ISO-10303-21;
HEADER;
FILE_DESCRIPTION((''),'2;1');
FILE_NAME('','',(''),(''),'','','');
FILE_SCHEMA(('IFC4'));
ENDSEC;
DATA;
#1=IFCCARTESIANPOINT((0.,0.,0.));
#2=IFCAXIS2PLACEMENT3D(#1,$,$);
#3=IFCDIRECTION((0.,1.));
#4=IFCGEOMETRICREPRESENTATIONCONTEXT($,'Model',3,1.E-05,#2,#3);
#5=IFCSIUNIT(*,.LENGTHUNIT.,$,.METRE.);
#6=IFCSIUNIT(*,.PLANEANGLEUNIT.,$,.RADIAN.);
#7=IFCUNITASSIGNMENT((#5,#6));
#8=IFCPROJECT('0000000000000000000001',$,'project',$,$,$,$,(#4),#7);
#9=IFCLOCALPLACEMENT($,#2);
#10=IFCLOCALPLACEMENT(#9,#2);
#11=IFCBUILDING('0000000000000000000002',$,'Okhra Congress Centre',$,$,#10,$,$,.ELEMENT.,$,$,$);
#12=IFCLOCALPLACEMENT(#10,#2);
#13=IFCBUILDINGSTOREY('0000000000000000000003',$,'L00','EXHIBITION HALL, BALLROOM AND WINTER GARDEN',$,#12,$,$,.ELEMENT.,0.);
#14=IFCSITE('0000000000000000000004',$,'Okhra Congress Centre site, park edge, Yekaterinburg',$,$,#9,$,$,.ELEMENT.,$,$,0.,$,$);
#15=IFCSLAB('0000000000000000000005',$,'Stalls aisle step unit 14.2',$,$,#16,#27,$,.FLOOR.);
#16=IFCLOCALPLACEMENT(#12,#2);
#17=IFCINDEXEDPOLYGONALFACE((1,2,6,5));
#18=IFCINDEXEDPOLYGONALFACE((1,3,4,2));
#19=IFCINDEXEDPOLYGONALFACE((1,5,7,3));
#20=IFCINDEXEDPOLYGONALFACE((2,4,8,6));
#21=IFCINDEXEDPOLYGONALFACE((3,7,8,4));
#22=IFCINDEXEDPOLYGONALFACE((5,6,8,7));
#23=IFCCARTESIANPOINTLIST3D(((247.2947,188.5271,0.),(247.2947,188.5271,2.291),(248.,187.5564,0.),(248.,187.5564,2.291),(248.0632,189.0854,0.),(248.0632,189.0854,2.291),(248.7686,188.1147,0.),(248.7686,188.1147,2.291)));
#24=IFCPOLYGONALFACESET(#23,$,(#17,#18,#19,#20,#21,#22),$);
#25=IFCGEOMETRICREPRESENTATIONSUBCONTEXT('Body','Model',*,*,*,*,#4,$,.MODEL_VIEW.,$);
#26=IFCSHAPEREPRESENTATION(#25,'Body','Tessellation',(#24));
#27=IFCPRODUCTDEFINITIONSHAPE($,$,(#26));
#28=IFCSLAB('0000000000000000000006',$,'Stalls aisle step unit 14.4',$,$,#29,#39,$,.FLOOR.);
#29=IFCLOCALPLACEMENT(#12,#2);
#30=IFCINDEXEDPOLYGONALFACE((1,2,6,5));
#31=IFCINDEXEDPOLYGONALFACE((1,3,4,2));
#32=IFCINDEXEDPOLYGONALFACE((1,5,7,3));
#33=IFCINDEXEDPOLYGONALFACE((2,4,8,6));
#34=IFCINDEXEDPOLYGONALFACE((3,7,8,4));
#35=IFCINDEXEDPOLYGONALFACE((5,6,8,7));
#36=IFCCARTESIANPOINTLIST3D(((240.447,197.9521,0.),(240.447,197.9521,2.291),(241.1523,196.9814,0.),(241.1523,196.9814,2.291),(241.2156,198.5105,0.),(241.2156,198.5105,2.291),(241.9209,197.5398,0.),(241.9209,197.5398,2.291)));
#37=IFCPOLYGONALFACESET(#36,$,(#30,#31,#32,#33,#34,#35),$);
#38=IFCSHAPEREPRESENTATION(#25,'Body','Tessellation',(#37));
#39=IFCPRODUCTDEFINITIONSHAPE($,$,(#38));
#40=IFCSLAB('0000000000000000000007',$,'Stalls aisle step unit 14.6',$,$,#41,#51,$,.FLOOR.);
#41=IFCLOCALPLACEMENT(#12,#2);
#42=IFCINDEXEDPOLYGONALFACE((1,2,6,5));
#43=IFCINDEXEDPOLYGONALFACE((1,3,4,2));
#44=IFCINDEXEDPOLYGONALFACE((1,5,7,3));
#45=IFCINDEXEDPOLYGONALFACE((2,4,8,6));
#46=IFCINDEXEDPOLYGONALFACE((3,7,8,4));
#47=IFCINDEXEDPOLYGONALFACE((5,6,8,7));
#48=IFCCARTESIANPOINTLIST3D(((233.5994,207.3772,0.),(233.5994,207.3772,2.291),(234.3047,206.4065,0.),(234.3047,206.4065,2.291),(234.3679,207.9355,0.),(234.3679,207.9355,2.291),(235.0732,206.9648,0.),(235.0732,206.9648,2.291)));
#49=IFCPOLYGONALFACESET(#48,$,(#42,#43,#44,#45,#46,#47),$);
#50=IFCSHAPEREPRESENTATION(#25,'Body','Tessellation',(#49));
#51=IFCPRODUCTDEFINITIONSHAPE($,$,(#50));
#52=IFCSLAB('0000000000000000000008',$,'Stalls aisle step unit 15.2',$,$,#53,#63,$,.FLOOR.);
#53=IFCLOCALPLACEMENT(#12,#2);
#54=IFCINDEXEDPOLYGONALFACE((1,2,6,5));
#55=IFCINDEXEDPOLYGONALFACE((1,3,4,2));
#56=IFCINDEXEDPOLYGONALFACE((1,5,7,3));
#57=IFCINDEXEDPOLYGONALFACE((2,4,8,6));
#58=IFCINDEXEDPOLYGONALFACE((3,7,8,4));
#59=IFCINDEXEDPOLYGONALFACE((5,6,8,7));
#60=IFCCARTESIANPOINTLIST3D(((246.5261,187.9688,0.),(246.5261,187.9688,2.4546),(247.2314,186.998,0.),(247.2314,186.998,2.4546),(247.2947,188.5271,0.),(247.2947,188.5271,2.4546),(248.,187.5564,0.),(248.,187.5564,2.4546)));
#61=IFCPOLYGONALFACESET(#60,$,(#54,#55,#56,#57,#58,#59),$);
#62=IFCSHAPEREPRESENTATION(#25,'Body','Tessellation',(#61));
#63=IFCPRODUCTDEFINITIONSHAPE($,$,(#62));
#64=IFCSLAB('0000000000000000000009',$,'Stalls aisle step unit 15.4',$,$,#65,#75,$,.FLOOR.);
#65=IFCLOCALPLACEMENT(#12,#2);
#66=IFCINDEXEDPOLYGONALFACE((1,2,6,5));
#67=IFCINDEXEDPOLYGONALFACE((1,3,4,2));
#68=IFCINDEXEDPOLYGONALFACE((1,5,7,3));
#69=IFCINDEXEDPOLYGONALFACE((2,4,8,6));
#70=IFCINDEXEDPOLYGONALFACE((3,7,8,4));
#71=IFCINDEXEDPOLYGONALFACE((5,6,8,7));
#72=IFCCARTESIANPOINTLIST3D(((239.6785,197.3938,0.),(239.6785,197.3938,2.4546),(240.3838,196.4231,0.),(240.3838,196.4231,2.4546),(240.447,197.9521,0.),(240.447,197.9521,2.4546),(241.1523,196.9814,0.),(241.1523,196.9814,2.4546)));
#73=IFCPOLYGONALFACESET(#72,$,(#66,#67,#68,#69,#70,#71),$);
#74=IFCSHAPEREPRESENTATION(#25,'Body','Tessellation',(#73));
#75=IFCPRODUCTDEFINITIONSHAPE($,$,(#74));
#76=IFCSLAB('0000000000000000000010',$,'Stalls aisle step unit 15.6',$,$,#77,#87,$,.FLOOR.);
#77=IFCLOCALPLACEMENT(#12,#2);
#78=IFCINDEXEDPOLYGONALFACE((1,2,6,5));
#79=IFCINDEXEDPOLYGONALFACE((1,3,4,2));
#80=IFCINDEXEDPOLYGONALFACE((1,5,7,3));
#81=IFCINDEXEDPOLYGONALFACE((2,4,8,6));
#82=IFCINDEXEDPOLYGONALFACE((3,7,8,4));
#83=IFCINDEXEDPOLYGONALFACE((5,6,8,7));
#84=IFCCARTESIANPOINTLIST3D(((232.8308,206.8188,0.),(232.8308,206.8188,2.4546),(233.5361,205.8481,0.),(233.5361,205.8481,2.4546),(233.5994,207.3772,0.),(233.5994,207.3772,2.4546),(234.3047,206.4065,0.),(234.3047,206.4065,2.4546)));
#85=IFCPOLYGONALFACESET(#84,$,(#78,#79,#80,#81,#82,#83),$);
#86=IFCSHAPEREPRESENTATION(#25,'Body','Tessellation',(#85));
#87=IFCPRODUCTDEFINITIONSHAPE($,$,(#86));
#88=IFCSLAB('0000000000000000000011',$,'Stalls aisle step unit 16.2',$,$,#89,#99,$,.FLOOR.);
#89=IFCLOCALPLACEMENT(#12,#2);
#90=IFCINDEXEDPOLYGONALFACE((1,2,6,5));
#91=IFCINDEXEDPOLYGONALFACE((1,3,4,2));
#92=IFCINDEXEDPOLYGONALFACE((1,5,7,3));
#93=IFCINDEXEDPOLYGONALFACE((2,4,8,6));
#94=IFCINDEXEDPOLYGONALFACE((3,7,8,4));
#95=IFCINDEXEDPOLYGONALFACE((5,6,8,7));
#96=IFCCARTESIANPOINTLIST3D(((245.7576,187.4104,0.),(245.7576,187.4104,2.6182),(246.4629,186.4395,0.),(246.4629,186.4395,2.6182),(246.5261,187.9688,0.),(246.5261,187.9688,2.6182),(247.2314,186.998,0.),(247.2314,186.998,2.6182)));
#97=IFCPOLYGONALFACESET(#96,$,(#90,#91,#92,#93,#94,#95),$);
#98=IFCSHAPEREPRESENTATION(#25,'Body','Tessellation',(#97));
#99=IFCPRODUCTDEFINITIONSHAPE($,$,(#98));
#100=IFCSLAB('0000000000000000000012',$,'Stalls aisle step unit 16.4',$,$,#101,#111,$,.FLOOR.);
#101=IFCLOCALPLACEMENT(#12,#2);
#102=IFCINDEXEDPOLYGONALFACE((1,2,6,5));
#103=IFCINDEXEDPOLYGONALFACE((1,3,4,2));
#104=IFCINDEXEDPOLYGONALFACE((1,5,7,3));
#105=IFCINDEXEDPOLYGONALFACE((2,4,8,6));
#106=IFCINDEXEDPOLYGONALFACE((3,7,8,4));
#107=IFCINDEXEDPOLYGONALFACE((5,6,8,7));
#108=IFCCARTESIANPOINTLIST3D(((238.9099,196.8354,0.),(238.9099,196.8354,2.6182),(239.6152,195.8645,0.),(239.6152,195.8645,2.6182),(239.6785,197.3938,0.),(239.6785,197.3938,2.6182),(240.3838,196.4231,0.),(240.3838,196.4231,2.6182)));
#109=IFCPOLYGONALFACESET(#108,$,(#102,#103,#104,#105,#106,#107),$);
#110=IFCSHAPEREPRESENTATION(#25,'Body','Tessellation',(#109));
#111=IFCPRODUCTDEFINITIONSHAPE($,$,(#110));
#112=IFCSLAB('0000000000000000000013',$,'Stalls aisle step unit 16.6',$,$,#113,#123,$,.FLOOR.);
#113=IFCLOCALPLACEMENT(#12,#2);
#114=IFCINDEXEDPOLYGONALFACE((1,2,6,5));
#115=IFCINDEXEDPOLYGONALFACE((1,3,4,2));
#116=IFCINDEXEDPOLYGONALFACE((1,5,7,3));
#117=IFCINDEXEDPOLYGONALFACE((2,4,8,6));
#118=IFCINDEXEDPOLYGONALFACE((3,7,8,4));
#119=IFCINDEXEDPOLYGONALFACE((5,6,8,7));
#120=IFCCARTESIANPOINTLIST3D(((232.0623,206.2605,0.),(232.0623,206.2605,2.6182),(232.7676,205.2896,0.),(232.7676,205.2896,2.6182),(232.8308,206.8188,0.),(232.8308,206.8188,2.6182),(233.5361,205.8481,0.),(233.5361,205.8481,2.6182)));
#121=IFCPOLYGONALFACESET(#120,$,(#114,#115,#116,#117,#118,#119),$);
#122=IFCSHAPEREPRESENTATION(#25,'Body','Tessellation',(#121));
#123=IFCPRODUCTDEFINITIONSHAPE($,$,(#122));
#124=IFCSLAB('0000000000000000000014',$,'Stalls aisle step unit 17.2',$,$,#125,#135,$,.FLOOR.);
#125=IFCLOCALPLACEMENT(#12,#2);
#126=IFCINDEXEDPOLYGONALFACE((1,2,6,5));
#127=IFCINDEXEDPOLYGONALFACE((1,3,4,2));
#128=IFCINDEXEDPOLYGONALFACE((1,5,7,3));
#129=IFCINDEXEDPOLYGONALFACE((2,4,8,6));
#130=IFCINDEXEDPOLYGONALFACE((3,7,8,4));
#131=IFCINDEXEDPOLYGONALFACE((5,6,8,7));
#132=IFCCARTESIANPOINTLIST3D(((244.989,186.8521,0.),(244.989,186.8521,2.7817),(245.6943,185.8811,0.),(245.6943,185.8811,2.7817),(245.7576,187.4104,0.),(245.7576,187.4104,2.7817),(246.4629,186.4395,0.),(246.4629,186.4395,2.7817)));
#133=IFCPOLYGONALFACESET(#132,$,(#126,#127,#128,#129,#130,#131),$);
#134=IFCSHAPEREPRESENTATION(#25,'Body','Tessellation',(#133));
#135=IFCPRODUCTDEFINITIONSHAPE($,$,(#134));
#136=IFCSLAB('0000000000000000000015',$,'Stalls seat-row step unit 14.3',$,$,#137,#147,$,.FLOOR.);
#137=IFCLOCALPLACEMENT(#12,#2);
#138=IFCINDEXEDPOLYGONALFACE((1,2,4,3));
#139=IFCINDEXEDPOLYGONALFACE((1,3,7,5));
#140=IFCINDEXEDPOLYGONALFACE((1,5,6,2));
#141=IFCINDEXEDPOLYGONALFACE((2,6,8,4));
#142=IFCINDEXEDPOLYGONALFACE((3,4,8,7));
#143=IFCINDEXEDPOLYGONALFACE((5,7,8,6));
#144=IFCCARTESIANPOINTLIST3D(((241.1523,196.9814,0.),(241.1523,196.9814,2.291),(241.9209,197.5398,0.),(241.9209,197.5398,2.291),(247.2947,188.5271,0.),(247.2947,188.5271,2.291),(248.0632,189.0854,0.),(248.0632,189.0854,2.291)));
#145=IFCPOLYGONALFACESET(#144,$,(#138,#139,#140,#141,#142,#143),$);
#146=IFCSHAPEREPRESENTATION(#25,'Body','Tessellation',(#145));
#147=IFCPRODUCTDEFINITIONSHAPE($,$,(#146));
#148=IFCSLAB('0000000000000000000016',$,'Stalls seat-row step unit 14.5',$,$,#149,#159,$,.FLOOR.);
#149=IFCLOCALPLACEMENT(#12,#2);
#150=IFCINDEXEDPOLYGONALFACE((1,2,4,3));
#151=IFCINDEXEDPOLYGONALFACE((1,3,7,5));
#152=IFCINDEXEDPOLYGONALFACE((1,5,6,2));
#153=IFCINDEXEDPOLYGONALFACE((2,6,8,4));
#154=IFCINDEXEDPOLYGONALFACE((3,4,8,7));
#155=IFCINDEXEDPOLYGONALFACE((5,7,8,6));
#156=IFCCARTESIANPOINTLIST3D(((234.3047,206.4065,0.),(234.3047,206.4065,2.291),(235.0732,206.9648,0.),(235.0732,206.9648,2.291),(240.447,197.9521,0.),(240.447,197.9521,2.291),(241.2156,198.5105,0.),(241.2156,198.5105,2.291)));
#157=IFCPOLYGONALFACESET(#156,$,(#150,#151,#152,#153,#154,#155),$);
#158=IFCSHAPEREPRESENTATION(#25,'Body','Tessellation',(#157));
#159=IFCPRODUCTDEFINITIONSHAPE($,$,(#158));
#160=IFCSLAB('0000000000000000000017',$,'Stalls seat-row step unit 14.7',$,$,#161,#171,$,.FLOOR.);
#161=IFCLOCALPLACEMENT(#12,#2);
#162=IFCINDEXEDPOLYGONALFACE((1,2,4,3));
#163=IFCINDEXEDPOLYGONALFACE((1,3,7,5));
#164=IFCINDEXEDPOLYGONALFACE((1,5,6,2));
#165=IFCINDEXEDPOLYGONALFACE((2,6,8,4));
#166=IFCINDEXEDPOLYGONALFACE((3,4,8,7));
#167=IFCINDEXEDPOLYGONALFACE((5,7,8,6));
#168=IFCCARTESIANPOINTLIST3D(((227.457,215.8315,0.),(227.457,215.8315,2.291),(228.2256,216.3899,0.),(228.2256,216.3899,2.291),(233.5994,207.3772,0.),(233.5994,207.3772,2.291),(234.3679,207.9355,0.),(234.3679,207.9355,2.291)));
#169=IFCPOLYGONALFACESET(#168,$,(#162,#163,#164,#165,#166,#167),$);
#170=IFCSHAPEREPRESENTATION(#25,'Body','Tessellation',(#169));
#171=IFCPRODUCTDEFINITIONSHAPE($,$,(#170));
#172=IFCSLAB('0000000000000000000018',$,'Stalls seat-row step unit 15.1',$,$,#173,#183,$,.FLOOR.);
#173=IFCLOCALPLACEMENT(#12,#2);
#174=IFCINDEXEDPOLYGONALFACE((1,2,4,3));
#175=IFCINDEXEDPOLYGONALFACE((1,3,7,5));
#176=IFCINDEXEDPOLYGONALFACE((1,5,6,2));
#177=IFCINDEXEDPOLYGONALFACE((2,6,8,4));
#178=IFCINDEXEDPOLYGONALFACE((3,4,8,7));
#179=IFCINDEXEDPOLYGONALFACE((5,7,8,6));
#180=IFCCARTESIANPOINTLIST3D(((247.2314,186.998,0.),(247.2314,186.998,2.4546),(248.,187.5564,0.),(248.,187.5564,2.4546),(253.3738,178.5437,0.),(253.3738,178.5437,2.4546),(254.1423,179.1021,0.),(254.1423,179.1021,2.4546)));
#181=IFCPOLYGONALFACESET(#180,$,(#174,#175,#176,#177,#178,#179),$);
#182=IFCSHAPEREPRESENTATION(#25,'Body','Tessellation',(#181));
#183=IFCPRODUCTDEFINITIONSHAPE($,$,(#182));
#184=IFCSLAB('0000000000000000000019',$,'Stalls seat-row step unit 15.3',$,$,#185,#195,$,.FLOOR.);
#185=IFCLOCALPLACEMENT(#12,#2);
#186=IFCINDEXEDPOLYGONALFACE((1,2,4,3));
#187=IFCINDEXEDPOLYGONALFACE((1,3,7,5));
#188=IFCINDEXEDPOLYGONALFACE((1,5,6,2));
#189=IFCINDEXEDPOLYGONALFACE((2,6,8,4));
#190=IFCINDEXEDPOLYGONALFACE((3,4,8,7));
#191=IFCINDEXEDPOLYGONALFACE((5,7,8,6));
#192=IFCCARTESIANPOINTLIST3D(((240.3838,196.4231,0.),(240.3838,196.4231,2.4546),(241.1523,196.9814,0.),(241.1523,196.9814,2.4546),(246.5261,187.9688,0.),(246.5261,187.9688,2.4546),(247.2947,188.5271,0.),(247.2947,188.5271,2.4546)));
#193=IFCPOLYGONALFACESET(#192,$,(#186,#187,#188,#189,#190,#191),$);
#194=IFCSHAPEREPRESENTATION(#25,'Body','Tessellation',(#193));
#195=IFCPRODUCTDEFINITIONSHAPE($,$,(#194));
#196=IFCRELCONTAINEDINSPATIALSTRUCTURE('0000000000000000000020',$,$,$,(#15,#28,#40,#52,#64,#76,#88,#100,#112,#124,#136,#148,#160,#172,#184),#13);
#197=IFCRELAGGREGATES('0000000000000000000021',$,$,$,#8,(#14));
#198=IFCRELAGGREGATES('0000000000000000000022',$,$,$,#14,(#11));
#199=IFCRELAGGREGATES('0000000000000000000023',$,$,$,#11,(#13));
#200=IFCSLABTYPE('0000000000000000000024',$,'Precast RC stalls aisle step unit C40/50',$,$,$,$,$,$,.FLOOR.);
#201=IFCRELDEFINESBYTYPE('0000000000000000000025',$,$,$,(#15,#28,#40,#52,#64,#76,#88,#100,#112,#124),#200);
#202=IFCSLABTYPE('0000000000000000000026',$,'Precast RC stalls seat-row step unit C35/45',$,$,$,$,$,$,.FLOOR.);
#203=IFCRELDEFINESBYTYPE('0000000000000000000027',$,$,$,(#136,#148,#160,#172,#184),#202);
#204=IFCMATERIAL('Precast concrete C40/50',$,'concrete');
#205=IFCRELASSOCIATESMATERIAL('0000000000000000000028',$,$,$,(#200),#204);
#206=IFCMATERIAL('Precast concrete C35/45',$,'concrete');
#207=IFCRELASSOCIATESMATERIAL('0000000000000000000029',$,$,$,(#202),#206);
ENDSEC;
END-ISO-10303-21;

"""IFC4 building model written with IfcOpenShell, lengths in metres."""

from ifc_helpers import new_model, si_unit, direction, origin, place, context, subcontext, project, spatial, polyline, outline, extrude, material, type_object, element, save


model = new_model("IFC4")

# Units and contexts
model_context = context("Model", 3, precision=1e-05, world=origin(), true_north=direction((0.0, 1.0)))
body_context = subcontext(model_context, "Body", "Model", "MODEL_VIEW")
ifc_project = project(units=[si_unit("LENGTHUNIT", "METRE"), si_unit("PLANEANGLEUNIT", "RADIAN")], contexts=[model_context])

# Site, building, storey
site_placement = place(None, origin())
site = spatial("IfcSite", under=ifc_project, at=site_placement, Name="Okhra Congress Centre site, park edge, Yekaterinburg", CompositionType="ELEMENT", RefElevation=0.0)
building_placement = place(site_placement, origin())
building = spatial("IfcBuilding", under=site, at=building_placement, Name="Okhra Congress Centre", CompositionType="ELEMENT")
storey_placement = place(building_placement, origin())
storey = spatial("IfcBuildingStorey", under=building, at=storey_placement, Name="L00", Description="EXHIBITION HALL, BALLROOM AND WINTER GARDEN", CompositionType="ELEMENT", Elevation=0.0)

# Slabs
ifc_material_1 = material(Name="Precast concrete C40/50", Category="concrete")
slab_type_1 = type_object("IfcSlabType", Name="Precast RC stalls aisle step unit C40/50", PredefinedType="FLOOR", material=ifc_material_1)
slab_1_placement = place(storey_placement, origin())
element("IfcSlab", 1, at=slab_1_placement, inside=storey, type_object=slab_type_1, Name="Stalls aisle step unit 14.2", PredefinedType="FLOOR", context=body_context, shape_type="SweptSolid", body=[
    extrude(outline(polyline([(248.0, 187.5564), (248.7686, 188.1147), (248.0632, 189.0854), (247.2947, 188.5271), (248.0, 187.5564)])), origin(), (0.0, 0.0, 1.0), 2.291),
])
slab_2_placement = place(storey_placement, origin())
element("IfcSlab", 2, at=slab_2_placement, inside=storey, type_object=slab_type_1, Name="Stalls aisle step unit 14.4", PredefinedType="FLOOR", context=body_context, shape_type="SweptSolid", body=[
    extrude(outline(polyline([(241.1523, 196.9814), (241.9209, 197.5398), (241.2156, 198.5105), (240.447, 197.9521), (241.1523, 196.9814)])), origin(), (0.0, 0.0, 1.0), 2.291),
])
slab_3_placement = place(storey_placement, origin())
element("IfcSlab", 3, at=slab_3_placement, inside=storey, type_object=slab_type_1, Name="Stalls aisle step unit 14.6", PredefinedType="FLOOR", context=body_context, shape_type="SweptSolid", body=[
    extrude(outline(polyline([(234.3047, 206.4065), (235.0732, 206.9648), (234.3679, 207.9355), (233.5994, 207.3772), (234.3047, 206.4065)])), origin(), (0.0, 0.0, 1.0), 2.291),
])
slab_4_placement = place(storey_placement, origin())
element("IfcSlab", 4, at=slab_4_placement, inside=storey, type_object=slab_type_1, Name="Stalls aisle step unit 15.2", PredefinedType="FLOOR", context=body_context, shape_type="SweptSolid", body=[
    extrude(outline(polyline([(247.2314, 186.998), (248.0, 187.5564), (247.2947, 188.5271), (246.5261, 187.9688), (247.2314, 186.998)])), origin(), (0.0, 0.0, 1.0), 2.4546),
])
slab_5_placement = place(storey_placement, origin())
element("IfcSlab", 5, at=slab_5_placement, inside=storey, type_object=slab_type_1, Name="Stalls aisle step unit 15.4", PredefinedType="FLOOR", context=body_context, shape_type="SweptSolid", body=[
    extrude(outline(polyline([(240.3838, 196.4231), (241.1523, 196.9814), (240.447, 197.9521), (239.6785, 197.3938), (240.3838, 196.4231)])), origin(), (0.0, 0.0, 1.0), 2.4546),
])
slab_6_placement = place(storey_placement, origin())
element("IfcSlab", 6, at=slab_6_placement, inside=storey, type_object=slab_type_1, Name="Stalls aisle step unit 15.6", PredefinedType="FLOOR", context=body_context, shape_type="SweptSolid", body=[
    extrude(outline(polyline([(233.5361, 205.8481), (234.3047, 206.4065), (233.5994, 207.3772), (232.8308, 206.8188), (233.5361, 205.8481)])), origin(), (0.0, 0.0, 1.0), 2.4546),
])
slab_7_placement = place(storey_placement, origin())
element("IfcSlab", 7, at=slab_7_placement, inside=storey, type_object=slab_type_1, Name="Stalls aisle step unit 16.2", PredefinedType="FLOOR", context=body_context, shape_type="SweptSolid", body=[
    extrude(outline(polyline([(246.4629, 186.4395), (247.2314, 186.998), (246.5261, 187.9688), (245.7576, 187.4104), (246.4629, 186.4395)])), origin(), (0.0, 0.0, 1.0), 2.6182),
])
slab_8_placement = place(storey_placement, origin())
element("IfcSlab", 8, at=slab_8_placement, inside=storey, type_object=slab_type_1, Name="Stalls aisle step unit 16.4", PredefinedType="FLOOR", context=body_context, shape_type="SweptSolid", body=[
    extrude(outline(polyline([(239.6152, 195.8645), (240.3838, 196.4231), (239.6785, 197.3938), (238.9099, 196.8354), (239.6152, 195.8645)])), origin(), (0.0, 0.0, 1.0), 2.6182),
])
slab_9_placement = place(storey_placement, origin())
element("IfcSlab", 9, at=slab_9_placement, inside=storey, type_object=slab_type_1, Name="Stalls aisle step unit 16.6", PredefinedType="FLOOR", context=body_context, shape_type="SweptSolid", body=[
    extrude(outline(polyline([(232.7676, 205.2896), (233.5361, 205.8481), (232.8308, 206.8188), (232.0623, 206.2605), (232.7676, 205.2896)])), origin(), (0.0, 0.0, 1.0), 2.6182),
])
slab_10_placement = place(storey_placement, origin())
element("IfcSlab", 10, at=slab_10_placement, inside=storey, type_object=slab_type_1, Name="Stalls aisle step unit 17.2", PredefinedType="FLOOR", context=body_context, shape_type="SweptSolid", body=[
    extrude(outline(polyline([(245.6943, 185.8811), (246.4629, 186.4395), (245.7576, 187.4104), (244.989, 186.8521), (245.6943, 185.8811)])), origin(), (0.0, 0.0, 1.0), 2.7817),
])
ifc_material_2 = material(Name="Precast concrete C35/45", Category="concrete")
slab_type_2 = type_object("IfcSlabType", Name="Precast RC stalls seat-row step unit C35/45", PredefinedType="FLOOR", material=ifc_material_2)
slab_11_placement = place(storey_placement, origin())
element("IfcSlab", 11, at=slab_11_placement, inside=storey, type_object=slab_type_2, Name="Stalls seat-row step unit 14.3", PredefinedType="FLOOR", context=body_context, shape_type="SweptSolid", body=[
    extrude(outline(polyline([(247.2947, 188.5271), (248.0632, 189.0854), (241.9209, 197.5398), (241.1523, 196.9814), (247.2947, 188.5271)])), origin(), (0.0, 0.0, 1.0), 2.291),
])
slab_12_placement = place(storey_placement, origin())
element("IfcSlab", 12, at=slab_12_placement, inside=storey, type_object=slab_type_2, Name="Stalls seat-row step unit 14.5", PredefinedType="FLOOR", context=body_context, shape_type="SweptSolid", body=[
    extrude(outline(polyline([(240.447, 197.9521), (241.2156, 198.5105), (235.0732, 206.9648), (234.3047, 206.4065), (240.447, 197.9521)])), origin(), (0.0, 0.0, 1.0), 2.291),
])
slab_13_placement = place(storey_placement, origin())
element("IfcSlab", 13, at=slab_13_placement, inside=storey, type_object=slab_type_2, Name="Stalls seat-row step unit 14.7", PredefinedType="FLOOR", context=body_context, shape_type="SweptSolid", body=[
    extrude(outline(polyline([(233.5994, 207.3772), (234.3679, 207.9355), (228.2256, 216.3899), (227.457, 215.8315), (233.5994, 207.3772)])), origin(), (0.0, 0.0, 1.0), 2.291),
])
slab_14_placement = place(storey_placement, origin())
element("IfcSlab", 14, at=slab_14_placement, inside=storey, type_object=slab_type_2, Name="Stalls seat-row step unit 15.1", PredefinedType="FLOOR", context=body_context, shape_type="SweptSolid", body=[
    extrude(outline(polyline([(253.3738, 178.5437), (254.1423, 179.1021), (248.0, 187.5564), (247.2314, 186.998), (253.3738, 178.5437)])), origin(), (0.0, 0.0, 1.0), 2.4546),
])
slab_15_placement = place(storey_placement, origin())
element("IfcSlab", 15, at=slab_15_placement, inside=storey, type_object=slab_type_2, Name="Stalls seat-row step unit 15.3", PredefinedType="FLOOR", context=body_context, shape_type="SweptSolid", body=[
    extrude(outline(polyline([(246.5261, 187.9688), (247.2947, 188.5271), (241.1523, 196.9814), (240.3838, 196.4231), (246.5261, 187.9688)])), origin(), (0.0, 0.0, 1.0), 2.4546),
])

save(model, "model.ifc")
